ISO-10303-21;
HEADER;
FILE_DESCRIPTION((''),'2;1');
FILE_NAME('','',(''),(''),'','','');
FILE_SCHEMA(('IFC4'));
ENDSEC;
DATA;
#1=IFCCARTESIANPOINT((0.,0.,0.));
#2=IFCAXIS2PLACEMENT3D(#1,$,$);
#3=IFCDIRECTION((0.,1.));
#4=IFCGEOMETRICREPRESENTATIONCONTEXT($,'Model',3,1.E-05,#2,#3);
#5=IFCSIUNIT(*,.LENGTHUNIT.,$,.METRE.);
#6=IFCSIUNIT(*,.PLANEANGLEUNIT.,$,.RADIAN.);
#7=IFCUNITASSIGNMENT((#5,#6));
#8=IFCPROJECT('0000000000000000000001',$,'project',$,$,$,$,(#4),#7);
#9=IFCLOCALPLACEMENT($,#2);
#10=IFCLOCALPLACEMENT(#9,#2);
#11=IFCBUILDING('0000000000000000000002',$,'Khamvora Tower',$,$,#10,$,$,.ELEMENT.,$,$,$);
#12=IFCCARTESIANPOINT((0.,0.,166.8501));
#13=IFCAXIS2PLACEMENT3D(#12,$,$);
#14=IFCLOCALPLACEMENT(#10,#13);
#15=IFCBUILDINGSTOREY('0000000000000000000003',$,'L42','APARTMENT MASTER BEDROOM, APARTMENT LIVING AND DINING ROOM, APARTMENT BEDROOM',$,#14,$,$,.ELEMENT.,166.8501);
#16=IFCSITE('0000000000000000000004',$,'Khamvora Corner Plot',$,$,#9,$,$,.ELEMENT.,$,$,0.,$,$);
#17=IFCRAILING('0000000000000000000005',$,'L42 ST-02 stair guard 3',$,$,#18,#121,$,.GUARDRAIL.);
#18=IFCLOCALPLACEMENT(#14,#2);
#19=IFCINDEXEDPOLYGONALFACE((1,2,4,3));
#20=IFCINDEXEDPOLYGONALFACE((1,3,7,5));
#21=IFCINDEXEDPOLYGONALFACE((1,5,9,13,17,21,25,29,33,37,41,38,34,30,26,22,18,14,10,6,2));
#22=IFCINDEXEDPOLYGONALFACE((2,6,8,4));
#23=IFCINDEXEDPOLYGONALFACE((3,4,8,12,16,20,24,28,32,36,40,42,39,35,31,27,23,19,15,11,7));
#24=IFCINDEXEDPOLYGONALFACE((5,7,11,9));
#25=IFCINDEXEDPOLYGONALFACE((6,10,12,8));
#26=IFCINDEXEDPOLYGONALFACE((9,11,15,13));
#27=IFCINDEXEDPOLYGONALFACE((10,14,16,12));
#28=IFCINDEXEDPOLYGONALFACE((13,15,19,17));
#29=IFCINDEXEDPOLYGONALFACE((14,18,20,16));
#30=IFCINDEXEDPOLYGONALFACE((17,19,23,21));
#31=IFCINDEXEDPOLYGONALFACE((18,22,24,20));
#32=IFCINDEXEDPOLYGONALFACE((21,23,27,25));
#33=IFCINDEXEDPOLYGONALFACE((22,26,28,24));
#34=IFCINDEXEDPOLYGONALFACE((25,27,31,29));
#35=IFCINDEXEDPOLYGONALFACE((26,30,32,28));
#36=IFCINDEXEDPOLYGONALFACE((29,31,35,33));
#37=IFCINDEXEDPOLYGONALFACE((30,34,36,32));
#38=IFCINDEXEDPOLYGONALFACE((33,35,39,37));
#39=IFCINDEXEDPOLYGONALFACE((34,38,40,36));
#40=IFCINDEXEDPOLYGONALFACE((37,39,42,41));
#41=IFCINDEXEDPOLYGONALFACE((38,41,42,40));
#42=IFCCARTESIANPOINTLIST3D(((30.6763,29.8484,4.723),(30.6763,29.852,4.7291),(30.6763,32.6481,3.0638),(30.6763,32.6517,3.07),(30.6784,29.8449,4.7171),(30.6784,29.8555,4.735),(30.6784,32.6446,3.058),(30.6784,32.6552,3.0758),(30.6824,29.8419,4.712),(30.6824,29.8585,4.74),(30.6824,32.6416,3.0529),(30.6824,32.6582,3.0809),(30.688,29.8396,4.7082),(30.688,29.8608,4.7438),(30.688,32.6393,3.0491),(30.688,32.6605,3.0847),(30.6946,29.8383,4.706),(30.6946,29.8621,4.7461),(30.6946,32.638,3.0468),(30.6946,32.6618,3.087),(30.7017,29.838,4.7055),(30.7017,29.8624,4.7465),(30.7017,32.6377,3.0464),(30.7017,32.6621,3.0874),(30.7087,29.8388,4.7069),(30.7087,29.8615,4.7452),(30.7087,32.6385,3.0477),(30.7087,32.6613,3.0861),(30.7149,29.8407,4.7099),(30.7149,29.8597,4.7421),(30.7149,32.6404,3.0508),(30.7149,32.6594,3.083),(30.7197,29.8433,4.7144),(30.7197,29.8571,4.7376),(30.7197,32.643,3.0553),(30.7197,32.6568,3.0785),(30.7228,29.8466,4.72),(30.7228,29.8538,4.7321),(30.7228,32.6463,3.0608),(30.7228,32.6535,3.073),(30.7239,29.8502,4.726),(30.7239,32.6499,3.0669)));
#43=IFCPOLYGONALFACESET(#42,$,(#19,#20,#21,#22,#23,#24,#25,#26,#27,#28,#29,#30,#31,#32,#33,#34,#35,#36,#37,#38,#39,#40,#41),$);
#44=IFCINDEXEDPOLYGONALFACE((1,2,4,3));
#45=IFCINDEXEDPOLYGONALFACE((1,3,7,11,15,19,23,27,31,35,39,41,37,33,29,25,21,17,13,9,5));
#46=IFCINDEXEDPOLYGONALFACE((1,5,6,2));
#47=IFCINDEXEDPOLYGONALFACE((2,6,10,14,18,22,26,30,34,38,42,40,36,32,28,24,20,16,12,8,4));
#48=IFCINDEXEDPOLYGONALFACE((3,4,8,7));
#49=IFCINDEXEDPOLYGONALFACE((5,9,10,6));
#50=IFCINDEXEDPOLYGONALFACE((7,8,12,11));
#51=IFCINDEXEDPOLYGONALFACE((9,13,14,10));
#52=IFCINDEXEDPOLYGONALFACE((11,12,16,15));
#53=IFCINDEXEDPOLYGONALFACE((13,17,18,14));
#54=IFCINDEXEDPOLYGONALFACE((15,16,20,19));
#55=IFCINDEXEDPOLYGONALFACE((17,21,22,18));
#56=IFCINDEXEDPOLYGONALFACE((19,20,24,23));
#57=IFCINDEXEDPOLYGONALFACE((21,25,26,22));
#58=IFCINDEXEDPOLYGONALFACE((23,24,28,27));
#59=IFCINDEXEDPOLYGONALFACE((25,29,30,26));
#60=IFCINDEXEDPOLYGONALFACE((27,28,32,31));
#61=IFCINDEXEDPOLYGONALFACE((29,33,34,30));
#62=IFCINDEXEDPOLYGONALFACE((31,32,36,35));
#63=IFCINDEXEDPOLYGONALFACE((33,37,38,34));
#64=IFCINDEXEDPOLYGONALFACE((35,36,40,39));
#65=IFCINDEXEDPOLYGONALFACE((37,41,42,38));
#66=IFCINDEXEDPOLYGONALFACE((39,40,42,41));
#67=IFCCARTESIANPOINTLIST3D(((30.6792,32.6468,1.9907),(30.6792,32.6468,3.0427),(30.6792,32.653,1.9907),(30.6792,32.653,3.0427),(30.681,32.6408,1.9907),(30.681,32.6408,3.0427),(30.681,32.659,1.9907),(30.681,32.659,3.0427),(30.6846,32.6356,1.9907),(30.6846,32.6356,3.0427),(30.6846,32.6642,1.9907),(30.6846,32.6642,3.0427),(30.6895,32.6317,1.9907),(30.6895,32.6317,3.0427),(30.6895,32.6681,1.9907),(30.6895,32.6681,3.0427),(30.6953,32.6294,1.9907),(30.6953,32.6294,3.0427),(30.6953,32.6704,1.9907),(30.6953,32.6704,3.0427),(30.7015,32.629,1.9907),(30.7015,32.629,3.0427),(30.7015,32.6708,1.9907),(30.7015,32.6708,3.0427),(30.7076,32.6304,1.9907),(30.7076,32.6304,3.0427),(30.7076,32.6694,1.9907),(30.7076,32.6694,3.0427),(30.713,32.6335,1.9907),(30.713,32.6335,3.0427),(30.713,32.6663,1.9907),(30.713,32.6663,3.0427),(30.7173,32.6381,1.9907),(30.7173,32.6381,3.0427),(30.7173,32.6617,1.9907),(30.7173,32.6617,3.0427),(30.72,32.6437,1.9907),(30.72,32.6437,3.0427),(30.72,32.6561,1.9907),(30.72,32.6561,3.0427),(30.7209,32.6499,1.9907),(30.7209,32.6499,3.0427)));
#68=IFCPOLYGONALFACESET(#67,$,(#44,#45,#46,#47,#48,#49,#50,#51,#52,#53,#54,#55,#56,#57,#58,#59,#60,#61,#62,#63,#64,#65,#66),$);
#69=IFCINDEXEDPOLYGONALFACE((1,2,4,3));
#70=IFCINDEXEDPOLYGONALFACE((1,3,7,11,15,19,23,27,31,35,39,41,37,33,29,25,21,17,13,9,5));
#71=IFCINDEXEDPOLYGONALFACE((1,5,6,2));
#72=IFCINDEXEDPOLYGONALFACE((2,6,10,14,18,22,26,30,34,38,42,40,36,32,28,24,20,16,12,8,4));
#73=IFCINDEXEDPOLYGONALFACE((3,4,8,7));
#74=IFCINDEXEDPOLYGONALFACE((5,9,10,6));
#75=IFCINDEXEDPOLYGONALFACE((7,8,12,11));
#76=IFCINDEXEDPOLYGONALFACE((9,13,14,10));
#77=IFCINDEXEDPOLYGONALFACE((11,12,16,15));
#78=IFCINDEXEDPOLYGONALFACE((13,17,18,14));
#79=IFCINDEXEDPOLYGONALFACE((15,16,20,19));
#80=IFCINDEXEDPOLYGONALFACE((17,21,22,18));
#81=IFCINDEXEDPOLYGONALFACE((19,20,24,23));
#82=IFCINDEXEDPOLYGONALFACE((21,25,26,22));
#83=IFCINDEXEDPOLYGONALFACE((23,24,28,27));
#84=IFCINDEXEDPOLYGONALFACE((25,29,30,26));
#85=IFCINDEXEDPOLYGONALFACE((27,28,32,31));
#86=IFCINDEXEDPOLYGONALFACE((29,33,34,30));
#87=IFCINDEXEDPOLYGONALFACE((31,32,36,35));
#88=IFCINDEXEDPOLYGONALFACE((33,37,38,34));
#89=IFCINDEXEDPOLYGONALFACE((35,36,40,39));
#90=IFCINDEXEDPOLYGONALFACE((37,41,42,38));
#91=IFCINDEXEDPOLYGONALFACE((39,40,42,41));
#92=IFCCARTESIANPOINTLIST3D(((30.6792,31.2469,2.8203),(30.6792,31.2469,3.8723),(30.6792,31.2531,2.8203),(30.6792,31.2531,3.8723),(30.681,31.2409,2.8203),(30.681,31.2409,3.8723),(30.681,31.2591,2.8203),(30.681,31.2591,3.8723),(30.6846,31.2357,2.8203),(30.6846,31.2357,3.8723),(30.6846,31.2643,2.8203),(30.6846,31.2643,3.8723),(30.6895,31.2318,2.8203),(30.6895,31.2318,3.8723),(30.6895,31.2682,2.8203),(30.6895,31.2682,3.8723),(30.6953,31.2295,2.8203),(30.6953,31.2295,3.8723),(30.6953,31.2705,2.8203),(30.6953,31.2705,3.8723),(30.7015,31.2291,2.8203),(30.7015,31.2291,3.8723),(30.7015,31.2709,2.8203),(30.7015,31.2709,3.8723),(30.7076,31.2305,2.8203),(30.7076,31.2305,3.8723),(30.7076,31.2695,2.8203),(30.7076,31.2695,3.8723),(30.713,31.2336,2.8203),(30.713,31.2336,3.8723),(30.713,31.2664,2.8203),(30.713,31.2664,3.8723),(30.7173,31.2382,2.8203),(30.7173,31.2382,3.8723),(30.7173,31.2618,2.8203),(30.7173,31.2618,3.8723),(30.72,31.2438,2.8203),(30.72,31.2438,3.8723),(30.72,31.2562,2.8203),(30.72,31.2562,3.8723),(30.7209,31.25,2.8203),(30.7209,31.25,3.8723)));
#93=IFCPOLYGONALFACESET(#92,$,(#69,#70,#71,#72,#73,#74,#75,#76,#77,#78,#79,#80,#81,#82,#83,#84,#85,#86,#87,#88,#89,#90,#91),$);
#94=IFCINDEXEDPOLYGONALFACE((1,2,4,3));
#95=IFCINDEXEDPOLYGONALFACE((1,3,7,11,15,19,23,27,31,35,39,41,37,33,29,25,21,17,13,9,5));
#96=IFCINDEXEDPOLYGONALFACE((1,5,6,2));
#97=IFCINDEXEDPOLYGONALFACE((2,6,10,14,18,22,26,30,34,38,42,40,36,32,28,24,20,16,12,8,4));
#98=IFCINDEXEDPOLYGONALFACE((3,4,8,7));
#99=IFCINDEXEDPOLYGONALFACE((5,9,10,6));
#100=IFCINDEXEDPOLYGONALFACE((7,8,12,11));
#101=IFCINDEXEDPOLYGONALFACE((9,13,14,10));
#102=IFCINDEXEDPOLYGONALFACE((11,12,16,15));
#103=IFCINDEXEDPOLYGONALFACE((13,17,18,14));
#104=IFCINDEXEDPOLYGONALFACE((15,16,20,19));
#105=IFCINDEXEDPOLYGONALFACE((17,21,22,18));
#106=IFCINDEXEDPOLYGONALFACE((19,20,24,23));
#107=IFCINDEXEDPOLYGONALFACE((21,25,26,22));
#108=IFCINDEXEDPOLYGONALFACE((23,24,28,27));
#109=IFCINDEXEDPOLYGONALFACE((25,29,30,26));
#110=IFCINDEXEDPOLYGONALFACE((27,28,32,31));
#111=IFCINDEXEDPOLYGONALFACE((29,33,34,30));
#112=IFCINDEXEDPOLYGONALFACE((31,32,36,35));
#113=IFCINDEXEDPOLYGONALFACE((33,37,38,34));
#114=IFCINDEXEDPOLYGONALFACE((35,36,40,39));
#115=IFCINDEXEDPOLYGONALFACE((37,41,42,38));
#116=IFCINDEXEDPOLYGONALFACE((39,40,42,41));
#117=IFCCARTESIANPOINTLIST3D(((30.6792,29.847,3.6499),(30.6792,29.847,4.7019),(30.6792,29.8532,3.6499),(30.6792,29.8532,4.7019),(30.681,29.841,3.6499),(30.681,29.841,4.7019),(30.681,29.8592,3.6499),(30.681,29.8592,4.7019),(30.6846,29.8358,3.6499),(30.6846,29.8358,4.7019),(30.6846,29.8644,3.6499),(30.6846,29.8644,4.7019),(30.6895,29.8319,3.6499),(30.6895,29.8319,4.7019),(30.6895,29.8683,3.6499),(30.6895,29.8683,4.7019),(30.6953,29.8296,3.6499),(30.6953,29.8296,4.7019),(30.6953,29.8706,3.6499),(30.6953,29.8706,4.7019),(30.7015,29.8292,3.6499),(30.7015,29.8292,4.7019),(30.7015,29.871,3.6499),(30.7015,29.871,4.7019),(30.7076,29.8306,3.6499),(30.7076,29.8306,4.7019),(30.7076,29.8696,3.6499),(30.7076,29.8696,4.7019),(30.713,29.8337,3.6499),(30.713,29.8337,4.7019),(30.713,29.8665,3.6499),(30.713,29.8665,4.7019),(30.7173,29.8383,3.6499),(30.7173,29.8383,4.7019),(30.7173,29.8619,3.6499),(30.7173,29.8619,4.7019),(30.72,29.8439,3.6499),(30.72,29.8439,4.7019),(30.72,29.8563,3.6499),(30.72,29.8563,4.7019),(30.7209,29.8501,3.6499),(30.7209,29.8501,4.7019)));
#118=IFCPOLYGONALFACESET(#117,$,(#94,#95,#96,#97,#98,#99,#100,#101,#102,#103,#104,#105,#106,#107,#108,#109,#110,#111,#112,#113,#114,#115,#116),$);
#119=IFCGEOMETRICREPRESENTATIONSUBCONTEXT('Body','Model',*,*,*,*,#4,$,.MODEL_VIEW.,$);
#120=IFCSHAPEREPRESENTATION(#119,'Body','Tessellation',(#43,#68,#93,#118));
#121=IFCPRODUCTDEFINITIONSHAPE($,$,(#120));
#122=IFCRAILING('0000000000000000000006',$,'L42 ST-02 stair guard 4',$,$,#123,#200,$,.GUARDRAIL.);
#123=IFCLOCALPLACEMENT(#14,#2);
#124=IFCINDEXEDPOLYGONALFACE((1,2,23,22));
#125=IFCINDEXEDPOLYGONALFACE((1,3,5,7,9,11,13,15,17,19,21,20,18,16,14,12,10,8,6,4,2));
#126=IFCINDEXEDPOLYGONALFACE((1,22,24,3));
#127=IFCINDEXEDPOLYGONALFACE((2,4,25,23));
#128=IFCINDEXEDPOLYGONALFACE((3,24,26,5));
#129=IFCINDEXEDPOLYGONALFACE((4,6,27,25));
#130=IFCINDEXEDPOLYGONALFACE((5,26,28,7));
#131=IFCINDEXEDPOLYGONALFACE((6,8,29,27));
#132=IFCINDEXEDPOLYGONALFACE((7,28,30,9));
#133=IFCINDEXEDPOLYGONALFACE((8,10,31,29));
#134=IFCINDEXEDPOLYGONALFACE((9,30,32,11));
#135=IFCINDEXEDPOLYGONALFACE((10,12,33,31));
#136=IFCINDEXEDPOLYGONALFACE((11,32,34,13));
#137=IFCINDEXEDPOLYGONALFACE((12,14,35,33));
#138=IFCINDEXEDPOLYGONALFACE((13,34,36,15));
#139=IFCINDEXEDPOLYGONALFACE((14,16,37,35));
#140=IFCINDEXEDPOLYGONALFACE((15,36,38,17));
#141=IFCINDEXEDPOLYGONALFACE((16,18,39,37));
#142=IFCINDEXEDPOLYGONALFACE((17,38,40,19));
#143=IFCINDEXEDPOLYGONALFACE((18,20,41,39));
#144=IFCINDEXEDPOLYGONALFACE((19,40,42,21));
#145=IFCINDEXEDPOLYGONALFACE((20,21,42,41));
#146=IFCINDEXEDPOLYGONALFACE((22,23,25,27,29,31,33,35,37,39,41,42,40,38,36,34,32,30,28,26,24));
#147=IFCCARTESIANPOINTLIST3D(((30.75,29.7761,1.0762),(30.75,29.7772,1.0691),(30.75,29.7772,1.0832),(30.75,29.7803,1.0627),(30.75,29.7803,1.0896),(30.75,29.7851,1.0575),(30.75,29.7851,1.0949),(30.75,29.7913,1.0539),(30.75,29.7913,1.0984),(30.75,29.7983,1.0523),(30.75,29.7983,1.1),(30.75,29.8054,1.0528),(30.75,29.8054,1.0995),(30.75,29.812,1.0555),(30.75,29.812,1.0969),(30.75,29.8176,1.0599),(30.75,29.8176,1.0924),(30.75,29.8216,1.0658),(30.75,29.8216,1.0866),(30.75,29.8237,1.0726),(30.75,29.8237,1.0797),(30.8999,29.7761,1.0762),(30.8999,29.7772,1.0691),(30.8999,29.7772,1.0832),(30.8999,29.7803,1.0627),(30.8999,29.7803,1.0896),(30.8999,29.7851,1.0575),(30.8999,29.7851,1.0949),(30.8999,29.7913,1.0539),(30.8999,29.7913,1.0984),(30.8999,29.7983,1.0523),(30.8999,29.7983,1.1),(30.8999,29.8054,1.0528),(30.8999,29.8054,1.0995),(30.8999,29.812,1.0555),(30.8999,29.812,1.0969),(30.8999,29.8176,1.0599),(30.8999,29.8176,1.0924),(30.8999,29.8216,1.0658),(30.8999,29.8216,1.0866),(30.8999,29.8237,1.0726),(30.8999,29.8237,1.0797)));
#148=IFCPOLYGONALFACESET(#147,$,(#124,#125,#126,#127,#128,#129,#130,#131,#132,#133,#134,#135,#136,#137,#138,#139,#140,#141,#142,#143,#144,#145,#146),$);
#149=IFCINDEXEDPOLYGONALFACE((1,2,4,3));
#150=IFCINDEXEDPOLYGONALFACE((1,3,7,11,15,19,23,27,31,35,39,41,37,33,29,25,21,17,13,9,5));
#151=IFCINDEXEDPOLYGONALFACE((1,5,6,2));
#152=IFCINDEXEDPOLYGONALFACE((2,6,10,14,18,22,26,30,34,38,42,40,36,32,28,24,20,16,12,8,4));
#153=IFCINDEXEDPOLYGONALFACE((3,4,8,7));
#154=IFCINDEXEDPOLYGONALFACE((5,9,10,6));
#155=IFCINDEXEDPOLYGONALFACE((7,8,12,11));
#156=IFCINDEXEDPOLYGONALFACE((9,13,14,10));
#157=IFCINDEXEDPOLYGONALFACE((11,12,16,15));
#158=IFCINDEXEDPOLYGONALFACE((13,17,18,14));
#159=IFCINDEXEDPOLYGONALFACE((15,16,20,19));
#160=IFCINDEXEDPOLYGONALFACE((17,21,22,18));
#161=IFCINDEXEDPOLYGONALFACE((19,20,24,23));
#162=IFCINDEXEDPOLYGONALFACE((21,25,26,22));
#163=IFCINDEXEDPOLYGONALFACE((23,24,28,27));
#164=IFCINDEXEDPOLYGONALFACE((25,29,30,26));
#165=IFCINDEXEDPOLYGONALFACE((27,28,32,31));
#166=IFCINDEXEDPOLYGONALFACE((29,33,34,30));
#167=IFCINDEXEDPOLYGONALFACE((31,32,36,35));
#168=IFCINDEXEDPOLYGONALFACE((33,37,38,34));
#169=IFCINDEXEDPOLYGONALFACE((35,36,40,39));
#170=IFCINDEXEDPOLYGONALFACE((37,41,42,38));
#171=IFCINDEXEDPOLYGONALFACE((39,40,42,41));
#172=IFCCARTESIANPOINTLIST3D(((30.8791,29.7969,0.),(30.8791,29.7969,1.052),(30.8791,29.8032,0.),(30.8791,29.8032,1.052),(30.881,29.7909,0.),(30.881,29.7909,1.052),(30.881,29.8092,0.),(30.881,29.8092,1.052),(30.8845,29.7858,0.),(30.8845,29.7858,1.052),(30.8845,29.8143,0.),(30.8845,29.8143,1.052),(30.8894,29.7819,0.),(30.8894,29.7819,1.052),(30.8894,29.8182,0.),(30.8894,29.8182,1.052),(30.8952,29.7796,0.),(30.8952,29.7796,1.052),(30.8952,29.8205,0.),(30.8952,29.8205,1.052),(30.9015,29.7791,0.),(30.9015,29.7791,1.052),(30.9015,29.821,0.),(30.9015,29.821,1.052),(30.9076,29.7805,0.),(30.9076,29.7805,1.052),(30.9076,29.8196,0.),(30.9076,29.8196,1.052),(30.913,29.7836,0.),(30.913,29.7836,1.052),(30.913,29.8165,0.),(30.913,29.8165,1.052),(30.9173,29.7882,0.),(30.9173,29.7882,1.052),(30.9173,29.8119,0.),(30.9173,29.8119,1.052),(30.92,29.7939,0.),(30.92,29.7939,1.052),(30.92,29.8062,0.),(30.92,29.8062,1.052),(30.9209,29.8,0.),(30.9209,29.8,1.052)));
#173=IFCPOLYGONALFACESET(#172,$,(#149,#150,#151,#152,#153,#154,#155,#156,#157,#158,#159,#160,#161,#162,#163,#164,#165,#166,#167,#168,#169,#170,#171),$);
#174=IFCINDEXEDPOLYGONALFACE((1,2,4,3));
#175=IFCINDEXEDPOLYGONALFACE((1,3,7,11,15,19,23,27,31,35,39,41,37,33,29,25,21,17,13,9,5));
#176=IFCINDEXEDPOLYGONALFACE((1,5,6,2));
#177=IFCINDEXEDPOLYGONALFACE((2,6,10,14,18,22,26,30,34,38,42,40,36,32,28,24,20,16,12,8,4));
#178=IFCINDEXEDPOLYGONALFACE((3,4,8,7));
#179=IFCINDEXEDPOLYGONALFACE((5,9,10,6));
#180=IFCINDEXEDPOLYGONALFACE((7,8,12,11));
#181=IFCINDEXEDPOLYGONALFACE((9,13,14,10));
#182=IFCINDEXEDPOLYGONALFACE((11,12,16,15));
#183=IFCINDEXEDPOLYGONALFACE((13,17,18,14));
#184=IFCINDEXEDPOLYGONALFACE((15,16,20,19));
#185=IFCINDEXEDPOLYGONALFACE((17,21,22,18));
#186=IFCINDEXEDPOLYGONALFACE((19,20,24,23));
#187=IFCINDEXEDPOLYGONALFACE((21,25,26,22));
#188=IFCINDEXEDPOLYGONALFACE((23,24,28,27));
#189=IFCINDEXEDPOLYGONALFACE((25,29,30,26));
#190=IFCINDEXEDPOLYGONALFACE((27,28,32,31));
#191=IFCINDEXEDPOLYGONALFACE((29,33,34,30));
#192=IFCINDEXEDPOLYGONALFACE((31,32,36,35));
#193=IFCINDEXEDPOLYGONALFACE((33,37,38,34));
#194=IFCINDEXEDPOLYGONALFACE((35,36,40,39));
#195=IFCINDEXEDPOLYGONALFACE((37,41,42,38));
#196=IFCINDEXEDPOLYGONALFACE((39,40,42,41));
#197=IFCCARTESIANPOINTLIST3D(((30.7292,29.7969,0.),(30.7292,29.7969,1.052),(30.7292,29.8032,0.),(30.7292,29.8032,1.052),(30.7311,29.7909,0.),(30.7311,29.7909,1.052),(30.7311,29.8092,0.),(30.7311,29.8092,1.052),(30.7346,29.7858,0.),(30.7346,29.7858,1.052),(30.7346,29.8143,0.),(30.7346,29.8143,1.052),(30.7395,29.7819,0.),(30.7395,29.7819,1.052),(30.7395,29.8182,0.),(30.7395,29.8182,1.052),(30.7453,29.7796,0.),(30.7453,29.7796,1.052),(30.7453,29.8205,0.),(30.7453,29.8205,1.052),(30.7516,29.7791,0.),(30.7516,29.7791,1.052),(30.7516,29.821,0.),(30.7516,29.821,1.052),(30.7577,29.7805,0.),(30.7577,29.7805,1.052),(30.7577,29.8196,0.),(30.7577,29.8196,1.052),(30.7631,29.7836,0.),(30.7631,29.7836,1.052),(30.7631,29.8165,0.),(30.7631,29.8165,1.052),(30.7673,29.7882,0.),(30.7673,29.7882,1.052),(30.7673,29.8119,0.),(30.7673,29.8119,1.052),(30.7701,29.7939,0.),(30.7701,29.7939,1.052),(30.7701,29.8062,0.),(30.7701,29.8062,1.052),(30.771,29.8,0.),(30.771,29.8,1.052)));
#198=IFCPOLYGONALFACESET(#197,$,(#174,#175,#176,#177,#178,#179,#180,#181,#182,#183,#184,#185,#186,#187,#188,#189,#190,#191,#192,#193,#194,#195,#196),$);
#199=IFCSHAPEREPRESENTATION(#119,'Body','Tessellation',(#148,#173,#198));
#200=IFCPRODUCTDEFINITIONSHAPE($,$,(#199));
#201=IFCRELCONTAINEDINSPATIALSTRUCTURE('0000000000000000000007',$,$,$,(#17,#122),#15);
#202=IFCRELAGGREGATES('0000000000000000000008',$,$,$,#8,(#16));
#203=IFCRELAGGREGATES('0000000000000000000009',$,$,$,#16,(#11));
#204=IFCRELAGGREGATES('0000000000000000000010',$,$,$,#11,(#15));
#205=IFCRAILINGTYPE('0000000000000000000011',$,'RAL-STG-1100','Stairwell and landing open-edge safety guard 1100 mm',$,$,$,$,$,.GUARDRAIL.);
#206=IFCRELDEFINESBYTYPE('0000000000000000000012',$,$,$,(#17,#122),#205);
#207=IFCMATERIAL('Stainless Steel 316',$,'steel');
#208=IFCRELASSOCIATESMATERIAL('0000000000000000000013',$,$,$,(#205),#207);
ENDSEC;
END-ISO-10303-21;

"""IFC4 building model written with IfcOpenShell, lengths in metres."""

from ifc_helpers import new_model, si_unit, direction, frame, origin, origin_2d, place, context, subcontext, project, spatial, circle, extrude, material, type_object, element, save


model = new_model("IFC4")

# Units and contexts
model_context = context("Model", 3, precision=1e-05, world=origin(), true_north=direction((0.0, 1.0)))
body_context = subcontext(model_context, "Body", "Model", "MODEL_VIEW")
ifc_project = project(units=[si_unit("LENGTHUNIT", "METRE"), si_unit("PLANEANGLEUNIT", "RADIAN")], contexts=[model_context])

# Site, building, storey
site_placement = place(None, origin())
site = spatial("IfcSite", under=ifc_project, at=site_placement, Name="Khamvora Corner Plot", CompositionType="ELEMENT", RefElevation=0.0)
building_placement = place(site_placement, origin())
building = spatial("IfcBuilding", under=site, at=building_placement, Name="Khamvora Tower", CompositionType="ELEMENT")
storey_placement = place(building_placement, frame((0.0, 0.0, 166.8501)))
storey = spatial("IfcBuildingStorey", under=building, at=storey_placement, Name="L42", Description="APARTMENT MASTER BEDROOM, APARTMENT LIVING AND DINING ROOM, APARTMENT BEDROOM", CompositionType="ELEMENT", Elevation=166.8501)

# Railings
ifc_material_1 = material(Name="Stainless Steel 316", Category="steel")
railing_type_1 = type_object("IfcRailingType", Name="RAL-STG-1100", Description="Stairwell and landing open-edge safety guard 1100 mm", PredefinedType="GUARDRAIL", material=ifc_material_1)
railing_1_placement = place(storey_placement, frame((30.7, 32.6499, 1.9907)))
element("IfcRailing", 1, at=railing_1_placement, inside=storey, type_object=railing_type_1, Name="L42 ST-02 stair guard 3", PredefinedType="GUARDRAIL", context=body_context, shape_type="SweptSolid", body=[
    extrude(circle(Radius=0.0239, at=origin_2d()), frame((0.0, 0.0, 1.0762), z_axis=(0.0, -0.860287, 0.509811), x_axis=(1.0, 0.0, 0.0)), (0.0, 0.0, 1.0), 3.2544),
    extrude(circle(Radius=0.021, at=origin_2d()), origin(), (0.0, 0.0, 1.0), 1.052),
    extrude(circle(Radius=0.021, at=origin_2d()), frame((0.0, -1.3999, 0.8296)), (0.0, 0.0, 1.0), 1.052),
    extrude(circle(Radius=0.021, at=origin_2d()), frame((0.0, -2.7998, 1.6592)), (0.0, 0.0, 1.0), 1.052),
])
railing_2_placement = place(storey_placement, frame((30.8999, 29.8, 0.0)))
element("IfcRailing", 2, at=railing_2_placement, inside=storey, type_object=railing_type_1, Name="L42 ST-02 stair guard 4", PredefinedType="GUARDRAIL", context=body_context, shape_type="SweptSolid", body=[
    extrude(circle(Radius=0.0239, at=origin_2d()), frame((0.0, 0.0, 1.0762), z_axis=(-1.0, 0.0, 0.0), x_axis=(0.0, -1.0, 0.0)), (0.0, 0.0, 1.0), 0.1499),
    extrude(circle(Radius=0.021, at=origin_2d()), origin(), (0.0, 0.0, 1.0), 1.052),
    extrude(circle(Radius=0.021, at=origin_2d()), frame((-0.1499, 0.0, 0.0)), (0.0, 0.0, 1.0), 1.052),
])

save(model, "model.ifc")
